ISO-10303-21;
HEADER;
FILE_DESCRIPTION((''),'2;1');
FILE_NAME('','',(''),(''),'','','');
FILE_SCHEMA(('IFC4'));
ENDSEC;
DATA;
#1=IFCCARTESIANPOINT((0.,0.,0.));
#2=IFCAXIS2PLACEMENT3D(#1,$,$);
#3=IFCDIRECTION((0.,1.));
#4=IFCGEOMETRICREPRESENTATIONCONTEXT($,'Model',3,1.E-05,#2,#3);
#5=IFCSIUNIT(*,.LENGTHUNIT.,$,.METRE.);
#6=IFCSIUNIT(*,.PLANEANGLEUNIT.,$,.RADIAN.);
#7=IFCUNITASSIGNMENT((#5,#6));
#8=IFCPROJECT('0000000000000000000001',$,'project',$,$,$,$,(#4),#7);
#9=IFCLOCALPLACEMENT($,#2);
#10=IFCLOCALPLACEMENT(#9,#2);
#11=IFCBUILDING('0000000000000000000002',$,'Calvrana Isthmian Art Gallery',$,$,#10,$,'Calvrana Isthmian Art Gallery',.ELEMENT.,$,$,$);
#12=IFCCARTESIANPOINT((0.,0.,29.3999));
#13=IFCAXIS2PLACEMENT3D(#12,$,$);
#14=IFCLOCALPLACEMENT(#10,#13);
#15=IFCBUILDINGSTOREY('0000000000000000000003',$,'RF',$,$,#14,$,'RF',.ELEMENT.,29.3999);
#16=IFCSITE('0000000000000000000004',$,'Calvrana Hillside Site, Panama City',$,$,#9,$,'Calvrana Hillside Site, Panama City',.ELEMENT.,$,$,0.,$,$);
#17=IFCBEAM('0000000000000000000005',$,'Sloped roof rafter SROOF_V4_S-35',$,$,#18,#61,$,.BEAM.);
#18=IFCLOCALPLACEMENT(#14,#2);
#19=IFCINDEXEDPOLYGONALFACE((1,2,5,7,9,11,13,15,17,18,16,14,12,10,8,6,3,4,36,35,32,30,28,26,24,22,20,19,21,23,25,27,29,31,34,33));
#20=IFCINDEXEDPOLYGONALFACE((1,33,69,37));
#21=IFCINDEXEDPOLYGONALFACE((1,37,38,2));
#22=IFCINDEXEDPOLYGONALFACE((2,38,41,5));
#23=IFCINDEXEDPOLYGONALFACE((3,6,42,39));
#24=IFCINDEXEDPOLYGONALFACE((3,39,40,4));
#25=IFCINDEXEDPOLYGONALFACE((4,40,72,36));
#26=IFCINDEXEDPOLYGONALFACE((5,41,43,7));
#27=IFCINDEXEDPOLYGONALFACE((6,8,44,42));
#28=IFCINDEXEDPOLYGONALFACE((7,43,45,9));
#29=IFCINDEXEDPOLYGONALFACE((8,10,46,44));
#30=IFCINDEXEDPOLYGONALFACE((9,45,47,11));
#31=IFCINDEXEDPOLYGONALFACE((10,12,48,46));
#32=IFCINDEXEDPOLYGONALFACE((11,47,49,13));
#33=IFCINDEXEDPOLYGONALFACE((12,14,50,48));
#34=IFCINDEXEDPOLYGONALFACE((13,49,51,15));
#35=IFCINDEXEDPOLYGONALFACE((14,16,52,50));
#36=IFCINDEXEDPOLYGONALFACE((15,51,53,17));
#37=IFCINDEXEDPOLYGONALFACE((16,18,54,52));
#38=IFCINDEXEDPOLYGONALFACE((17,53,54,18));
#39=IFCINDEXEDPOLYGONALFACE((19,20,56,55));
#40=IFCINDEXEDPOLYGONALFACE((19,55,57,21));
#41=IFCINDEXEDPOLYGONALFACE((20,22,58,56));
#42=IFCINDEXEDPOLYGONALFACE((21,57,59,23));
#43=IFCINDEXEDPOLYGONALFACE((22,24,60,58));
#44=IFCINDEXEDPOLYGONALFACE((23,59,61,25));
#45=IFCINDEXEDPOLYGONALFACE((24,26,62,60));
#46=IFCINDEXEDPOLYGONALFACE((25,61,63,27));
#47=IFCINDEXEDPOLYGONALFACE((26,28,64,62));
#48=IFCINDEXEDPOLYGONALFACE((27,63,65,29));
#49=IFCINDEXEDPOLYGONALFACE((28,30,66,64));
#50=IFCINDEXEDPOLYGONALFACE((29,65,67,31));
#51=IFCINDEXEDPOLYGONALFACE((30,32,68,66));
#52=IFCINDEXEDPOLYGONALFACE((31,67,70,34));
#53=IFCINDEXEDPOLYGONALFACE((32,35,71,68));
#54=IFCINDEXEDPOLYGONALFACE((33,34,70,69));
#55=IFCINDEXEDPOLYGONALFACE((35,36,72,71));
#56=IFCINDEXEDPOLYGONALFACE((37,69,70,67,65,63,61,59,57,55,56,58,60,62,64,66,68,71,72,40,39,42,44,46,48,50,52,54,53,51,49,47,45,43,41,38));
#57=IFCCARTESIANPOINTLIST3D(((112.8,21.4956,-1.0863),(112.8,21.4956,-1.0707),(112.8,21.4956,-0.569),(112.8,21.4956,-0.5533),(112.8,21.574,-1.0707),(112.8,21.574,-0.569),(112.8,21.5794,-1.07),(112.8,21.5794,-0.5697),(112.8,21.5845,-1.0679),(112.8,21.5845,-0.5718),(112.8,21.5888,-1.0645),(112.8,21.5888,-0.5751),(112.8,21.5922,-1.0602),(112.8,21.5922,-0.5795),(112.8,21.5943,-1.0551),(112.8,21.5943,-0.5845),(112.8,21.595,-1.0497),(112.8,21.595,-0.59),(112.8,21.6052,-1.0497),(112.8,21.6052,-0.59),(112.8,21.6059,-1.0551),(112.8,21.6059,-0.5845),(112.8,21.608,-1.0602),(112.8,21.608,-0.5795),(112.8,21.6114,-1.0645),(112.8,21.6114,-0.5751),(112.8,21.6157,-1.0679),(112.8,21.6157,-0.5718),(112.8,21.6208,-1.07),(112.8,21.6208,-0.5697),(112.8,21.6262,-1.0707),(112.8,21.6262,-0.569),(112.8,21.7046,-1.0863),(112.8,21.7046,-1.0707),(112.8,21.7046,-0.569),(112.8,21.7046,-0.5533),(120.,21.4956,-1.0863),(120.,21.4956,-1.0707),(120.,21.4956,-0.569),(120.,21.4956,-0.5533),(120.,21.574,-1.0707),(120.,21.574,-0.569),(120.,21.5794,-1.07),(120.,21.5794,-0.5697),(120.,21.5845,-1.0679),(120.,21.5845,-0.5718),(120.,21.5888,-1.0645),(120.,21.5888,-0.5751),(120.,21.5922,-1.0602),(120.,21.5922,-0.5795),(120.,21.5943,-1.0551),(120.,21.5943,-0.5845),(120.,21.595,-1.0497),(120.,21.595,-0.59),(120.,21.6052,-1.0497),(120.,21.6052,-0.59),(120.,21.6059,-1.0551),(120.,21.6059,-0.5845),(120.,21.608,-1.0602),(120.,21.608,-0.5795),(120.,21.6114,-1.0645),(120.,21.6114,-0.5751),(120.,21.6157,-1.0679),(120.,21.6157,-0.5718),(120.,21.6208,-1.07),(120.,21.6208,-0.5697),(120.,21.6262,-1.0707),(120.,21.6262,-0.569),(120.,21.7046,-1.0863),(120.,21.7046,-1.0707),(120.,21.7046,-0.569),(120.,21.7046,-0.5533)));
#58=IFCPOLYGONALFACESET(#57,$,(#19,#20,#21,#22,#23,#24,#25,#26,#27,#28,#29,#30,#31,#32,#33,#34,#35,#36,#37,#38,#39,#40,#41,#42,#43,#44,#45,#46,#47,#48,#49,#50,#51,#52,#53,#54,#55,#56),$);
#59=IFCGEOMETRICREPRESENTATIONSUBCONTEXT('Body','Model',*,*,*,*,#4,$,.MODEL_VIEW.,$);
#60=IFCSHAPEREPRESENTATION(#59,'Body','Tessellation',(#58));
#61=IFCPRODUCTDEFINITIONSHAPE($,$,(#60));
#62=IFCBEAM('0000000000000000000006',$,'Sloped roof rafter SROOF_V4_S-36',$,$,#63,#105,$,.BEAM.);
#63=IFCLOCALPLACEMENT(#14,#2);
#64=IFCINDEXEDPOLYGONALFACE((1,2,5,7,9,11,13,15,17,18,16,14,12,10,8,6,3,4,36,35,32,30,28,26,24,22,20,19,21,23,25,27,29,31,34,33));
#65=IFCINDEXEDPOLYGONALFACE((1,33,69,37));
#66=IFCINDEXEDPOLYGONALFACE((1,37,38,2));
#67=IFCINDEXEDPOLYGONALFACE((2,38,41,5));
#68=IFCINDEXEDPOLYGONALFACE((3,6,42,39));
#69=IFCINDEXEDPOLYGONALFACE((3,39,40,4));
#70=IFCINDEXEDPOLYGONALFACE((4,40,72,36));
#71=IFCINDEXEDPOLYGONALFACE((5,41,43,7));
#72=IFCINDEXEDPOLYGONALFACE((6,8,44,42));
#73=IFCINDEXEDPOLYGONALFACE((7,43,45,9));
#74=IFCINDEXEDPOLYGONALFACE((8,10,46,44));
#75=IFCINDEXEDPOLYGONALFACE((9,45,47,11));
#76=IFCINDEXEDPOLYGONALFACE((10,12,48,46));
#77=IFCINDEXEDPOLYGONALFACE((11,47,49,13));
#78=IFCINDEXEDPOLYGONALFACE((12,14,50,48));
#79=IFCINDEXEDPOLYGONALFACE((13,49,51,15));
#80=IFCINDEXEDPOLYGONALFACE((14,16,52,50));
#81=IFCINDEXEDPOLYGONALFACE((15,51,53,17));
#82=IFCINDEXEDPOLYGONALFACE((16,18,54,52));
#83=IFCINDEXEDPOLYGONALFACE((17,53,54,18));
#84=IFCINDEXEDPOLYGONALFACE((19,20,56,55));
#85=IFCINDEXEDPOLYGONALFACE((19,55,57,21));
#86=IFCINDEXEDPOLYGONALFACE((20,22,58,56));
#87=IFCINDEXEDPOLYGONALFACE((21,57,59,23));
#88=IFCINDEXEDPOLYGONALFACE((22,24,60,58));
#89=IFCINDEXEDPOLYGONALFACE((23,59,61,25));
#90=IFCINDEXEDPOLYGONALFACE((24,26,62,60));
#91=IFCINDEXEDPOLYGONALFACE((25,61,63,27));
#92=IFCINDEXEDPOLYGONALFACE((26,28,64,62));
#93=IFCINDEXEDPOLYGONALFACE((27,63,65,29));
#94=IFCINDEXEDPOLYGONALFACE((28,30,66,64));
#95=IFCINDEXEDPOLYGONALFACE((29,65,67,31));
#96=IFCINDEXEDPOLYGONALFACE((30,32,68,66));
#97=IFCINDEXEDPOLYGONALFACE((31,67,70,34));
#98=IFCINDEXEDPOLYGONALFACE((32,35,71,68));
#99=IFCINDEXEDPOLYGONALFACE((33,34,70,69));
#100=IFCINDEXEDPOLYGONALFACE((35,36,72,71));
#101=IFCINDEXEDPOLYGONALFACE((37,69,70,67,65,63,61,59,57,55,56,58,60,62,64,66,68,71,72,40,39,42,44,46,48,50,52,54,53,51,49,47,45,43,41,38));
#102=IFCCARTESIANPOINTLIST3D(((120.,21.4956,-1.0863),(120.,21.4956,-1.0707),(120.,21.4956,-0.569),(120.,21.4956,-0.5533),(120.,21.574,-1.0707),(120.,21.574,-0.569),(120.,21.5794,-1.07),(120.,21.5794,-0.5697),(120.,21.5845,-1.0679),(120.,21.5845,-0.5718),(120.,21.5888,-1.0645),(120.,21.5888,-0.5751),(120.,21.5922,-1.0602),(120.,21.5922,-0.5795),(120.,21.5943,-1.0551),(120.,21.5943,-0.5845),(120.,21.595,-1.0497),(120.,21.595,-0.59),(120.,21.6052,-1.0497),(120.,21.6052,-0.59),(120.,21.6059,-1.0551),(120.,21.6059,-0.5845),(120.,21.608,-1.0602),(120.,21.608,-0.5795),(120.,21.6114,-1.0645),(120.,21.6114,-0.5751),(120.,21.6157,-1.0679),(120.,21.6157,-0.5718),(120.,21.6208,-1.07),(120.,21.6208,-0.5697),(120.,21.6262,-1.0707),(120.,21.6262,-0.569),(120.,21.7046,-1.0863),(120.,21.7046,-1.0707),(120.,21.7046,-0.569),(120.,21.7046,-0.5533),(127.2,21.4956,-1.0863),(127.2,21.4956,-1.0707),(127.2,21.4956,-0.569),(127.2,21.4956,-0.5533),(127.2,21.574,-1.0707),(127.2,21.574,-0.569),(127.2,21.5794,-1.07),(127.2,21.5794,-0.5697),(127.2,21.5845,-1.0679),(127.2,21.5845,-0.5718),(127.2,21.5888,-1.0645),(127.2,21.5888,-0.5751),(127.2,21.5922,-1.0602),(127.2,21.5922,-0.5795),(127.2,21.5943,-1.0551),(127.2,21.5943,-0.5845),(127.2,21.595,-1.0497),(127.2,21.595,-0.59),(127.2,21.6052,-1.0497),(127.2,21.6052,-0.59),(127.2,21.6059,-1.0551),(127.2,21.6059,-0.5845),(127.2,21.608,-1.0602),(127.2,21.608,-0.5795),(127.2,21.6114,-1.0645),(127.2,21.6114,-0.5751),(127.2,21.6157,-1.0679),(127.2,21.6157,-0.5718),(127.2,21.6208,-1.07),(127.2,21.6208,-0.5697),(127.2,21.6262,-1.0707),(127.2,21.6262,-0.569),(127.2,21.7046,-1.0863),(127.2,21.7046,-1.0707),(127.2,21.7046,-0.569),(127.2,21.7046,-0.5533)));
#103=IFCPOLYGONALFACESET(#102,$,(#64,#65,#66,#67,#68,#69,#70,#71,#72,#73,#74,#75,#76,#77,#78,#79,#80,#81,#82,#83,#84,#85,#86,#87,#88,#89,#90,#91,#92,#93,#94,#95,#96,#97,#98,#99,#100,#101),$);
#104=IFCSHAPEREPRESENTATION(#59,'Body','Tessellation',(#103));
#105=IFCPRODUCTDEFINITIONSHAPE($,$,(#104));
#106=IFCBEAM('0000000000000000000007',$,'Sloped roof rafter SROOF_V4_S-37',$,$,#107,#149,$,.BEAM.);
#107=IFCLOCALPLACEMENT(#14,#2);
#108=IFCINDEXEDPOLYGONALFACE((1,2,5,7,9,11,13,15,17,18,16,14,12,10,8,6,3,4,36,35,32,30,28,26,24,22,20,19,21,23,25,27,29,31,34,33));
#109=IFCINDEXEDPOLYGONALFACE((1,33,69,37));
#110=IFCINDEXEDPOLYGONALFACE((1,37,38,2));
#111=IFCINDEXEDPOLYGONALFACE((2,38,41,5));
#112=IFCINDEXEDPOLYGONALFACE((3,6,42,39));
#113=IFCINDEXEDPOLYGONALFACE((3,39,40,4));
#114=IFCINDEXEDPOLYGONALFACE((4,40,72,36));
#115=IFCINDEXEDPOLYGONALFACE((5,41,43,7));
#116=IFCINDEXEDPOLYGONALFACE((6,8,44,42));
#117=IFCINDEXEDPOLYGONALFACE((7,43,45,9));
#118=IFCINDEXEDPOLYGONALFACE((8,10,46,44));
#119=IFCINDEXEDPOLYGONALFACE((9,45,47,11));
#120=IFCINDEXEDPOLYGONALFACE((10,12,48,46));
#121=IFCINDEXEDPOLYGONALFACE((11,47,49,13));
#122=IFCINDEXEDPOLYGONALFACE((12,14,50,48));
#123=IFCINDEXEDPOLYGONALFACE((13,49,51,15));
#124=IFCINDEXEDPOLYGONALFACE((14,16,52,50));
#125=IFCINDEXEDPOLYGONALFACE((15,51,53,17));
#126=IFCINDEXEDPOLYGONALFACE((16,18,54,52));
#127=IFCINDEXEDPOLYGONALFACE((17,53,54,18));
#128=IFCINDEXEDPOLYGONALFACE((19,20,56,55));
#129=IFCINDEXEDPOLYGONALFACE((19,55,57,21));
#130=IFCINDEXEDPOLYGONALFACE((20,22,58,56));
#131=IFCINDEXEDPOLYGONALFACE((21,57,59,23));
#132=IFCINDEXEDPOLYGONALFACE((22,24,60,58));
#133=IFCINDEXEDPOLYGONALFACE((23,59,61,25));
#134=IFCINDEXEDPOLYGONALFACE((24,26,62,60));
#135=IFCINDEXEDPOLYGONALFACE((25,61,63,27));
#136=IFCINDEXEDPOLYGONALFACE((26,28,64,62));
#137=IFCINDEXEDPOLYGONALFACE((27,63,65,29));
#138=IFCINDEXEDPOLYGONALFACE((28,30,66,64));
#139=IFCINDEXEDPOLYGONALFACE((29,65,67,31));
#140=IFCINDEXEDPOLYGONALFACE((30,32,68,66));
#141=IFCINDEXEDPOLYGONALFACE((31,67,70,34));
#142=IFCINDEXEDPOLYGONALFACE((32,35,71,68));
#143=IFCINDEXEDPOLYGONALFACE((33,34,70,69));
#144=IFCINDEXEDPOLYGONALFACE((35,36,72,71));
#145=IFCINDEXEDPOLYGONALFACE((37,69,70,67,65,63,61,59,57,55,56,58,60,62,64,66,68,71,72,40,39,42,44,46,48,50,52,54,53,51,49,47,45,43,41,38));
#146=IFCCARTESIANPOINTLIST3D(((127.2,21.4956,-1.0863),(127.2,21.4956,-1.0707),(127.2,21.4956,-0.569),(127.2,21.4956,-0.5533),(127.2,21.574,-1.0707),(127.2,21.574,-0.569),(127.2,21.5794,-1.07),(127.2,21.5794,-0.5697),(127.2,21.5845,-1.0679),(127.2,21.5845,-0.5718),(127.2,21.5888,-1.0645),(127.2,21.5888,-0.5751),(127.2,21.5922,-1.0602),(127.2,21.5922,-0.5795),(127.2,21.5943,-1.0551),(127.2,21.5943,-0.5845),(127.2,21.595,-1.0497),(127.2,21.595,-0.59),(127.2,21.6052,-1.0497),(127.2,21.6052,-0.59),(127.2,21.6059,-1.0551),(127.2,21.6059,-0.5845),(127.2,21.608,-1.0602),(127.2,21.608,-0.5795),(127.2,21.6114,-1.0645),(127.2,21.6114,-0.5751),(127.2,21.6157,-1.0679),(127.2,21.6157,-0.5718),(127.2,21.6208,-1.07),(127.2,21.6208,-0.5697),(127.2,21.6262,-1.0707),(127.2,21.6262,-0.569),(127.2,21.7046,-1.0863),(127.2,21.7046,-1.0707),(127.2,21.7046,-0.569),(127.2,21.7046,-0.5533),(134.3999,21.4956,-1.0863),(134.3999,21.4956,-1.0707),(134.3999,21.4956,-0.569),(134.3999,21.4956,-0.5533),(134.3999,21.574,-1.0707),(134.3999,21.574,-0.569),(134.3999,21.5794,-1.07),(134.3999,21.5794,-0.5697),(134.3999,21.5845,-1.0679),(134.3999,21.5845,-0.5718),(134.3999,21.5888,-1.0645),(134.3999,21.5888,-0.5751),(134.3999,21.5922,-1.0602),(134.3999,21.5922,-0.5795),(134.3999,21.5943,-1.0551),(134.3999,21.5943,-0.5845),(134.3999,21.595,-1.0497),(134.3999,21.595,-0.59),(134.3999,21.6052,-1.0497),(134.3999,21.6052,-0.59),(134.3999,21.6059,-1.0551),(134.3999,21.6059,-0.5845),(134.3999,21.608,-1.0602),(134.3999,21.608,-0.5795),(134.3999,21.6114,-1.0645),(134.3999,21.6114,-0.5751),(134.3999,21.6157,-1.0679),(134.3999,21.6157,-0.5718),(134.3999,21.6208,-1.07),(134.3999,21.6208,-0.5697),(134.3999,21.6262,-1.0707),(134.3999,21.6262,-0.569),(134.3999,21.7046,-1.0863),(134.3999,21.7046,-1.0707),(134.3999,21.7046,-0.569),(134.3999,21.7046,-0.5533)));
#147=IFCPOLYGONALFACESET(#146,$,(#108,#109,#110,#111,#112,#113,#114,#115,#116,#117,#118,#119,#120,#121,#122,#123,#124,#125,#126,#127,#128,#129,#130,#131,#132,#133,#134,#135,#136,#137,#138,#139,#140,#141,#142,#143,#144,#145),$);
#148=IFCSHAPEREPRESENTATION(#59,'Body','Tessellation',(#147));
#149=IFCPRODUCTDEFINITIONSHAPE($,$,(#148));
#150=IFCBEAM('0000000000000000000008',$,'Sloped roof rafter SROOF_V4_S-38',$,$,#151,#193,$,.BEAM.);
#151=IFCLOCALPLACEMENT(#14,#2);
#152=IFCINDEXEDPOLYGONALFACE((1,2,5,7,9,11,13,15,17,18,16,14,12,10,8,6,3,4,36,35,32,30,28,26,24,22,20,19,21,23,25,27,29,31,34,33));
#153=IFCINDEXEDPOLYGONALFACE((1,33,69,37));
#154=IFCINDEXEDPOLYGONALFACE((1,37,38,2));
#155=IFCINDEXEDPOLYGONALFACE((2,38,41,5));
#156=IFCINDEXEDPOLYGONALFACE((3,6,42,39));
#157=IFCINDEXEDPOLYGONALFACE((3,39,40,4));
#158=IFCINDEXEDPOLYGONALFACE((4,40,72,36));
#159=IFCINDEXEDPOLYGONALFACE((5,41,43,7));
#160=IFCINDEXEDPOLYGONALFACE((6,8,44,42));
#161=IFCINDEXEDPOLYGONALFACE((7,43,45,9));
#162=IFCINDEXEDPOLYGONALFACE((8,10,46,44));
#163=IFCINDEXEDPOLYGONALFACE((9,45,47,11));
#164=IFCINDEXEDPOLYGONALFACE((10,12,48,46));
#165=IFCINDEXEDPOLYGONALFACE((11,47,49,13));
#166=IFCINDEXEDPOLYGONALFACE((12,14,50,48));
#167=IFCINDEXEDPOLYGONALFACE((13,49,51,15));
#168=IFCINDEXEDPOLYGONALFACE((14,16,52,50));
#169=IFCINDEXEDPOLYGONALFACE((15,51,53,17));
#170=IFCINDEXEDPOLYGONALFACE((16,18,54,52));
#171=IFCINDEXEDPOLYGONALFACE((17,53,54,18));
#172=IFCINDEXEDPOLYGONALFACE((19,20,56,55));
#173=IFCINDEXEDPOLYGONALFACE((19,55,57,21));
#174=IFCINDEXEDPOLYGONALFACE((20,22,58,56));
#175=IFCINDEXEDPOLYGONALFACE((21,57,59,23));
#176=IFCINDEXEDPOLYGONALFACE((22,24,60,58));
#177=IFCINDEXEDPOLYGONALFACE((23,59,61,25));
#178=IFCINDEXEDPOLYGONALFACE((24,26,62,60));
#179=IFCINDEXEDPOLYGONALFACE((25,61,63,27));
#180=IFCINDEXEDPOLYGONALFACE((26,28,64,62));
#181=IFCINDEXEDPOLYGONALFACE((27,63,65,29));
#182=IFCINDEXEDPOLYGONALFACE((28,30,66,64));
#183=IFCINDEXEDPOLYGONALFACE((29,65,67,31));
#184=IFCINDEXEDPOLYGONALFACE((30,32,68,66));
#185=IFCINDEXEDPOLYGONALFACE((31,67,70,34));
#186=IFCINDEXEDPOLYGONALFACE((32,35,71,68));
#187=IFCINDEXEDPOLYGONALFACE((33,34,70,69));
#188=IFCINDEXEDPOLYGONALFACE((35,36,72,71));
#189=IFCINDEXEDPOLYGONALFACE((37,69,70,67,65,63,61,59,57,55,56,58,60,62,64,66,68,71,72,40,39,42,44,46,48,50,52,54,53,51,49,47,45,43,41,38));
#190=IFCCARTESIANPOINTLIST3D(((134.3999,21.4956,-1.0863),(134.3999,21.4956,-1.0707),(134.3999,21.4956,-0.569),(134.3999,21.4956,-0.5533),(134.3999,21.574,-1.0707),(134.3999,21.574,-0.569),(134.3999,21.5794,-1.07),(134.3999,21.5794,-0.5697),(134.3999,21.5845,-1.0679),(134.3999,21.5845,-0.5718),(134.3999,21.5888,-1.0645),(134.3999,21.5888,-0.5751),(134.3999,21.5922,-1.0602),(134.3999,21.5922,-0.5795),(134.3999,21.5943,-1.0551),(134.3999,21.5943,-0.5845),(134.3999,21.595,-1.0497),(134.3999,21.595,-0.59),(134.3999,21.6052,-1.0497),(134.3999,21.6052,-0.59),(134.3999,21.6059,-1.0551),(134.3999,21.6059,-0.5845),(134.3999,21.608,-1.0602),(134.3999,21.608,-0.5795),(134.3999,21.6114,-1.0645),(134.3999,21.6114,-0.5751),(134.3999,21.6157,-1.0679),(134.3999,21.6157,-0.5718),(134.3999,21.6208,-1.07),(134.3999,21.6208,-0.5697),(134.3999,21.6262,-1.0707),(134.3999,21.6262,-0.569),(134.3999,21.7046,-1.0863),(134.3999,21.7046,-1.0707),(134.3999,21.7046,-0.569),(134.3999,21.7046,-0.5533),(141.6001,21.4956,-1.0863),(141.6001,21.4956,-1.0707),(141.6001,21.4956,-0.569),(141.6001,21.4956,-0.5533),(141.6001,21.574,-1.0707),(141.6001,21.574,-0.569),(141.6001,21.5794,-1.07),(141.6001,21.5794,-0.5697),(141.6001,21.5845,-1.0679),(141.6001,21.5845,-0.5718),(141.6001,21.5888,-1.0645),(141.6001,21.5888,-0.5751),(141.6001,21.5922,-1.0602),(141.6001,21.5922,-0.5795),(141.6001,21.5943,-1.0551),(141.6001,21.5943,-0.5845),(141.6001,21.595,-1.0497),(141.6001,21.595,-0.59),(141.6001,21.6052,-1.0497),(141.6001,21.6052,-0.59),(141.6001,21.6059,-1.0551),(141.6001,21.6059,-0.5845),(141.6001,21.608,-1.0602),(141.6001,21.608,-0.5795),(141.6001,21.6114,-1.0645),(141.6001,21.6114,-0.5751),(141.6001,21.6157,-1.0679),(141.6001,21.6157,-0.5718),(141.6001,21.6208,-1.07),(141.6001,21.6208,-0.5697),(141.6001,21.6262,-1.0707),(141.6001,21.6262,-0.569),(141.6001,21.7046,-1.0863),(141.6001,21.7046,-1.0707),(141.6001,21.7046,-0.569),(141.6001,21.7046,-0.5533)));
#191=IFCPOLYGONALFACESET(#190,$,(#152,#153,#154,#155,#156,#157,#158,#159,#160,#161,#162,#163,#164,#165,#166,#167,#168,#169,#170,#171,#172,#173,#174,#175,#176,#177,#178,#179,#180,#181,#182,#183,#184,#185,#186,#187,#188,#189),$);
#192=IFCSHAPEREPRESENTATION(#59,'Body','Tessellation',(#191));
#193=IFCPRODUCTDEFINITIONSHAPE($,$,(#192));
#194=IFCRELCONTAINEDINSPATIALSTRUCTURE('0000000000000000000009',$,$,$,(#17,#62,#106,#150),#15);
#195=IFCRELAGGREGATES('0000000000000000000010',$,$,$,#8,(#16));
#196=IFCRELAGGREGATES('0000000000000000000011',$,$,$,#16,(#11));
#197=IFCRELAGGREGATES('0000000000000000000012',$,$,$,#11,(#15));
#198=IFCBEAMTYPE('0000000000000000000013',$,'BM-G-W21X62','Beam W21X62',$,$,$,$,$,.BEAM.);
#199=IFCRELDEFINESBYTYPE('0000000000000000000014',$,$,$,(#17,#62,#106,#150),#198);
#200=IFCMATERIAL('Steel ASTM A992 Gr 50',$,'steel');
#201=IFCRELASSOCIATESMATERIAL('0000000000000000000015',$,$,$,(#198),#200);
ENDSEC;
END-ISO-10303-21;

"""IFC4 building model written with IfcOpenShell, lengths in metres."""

from ifc_helpers import new_model, si_unit, direction, frame, origin, origin_2d, place, context, subcontext, project, spatial, i_section, extrude, material, material_profile, profile_set, type_object, element, save


model = new_model("IFC4")

# Units and contexts
model_context = context("Model", 3, precision=1e-05, world=origin(), true_north=direction((0.0, 1.0)))
body_context = subcontext(model_context, "Body", "Model", "MODEL_VIEW")
ifc_project = project(units=[si_unit("LENGTHUNIT", "METRE"), si_unit("PLANEANGLEUNIT", "RADIAN")], contexts=[model_context])

# Site, building, storey
site_placement = place(None, origin())
site = spatial("IfcSite", under=ifc_project, at=site_placement, Name="Calvrana Hillside Site, Panama City", LongName="Calvrana Hillside Site, Panama City", CompositionType="ELEMENT", RefElevation=0.0)
building_placement = place(site_placement, origin())
building = spatial("IfcBuilding", under=site, at=building_placement, Name="Calvrana Isthmian Art Gallery", LongName="Calvrana Isthmian Art Gallery", CompositionType="ELEMENT")
storey_placement = place(building_placement, frame((0.0, 0.0, 29.3999)))
storey = spatial("IfcBuildingStorey", under=building, at=storey_placement, Name="RF", LongName="RF", CompositionType="ELEMENT", Elevation=29.3999)

# Beams
ifc_material_1 = material(Name="Steel ASTM A992 Gr 50", Category="steel")
ifc_material_profile_1 = material_profile(ifc_material_1, i_section(OverallWidth=0.209, OverallDepth=0.533, WebThickness=0.0103, FlangeThickness=0.0156, FilletRadius=0.021, at=origin_2d()), Name="W21X62")
ifc_profile_set_1 = profile_set([ifc_material_profile_1], Name="Steel ASTM A992 Gr 50")
beam_type_1 = type_object("IfcBeamType", Name="BM-G-W21X62", Description="Beam W21X62", PredefinedType="BEAM", material=ifc_profile_set_1)
for number, where, z_axis, x_axis, name in (
    (1, (112.8, 21.6001, -0.8198), (1.0, 0.0, 0.0), (0.0, 1.0, 0.0), "Sloped roof rafter SROOF_V4_S-35"),
    (2, (120.0, 21.6001, -0.8198), (1.0, 0.0, 0.0), (0.0, 1.0, 0.0), "Sloped roof rafter SROOF_V4_S-36"),
    (3, (127.2, 21.6001, -0.8198), (1.0, 0.0, 0.0), (0.0, 1.0, 0.0), "Sloped roof rafter SROOF_V4_S-37"),
):
    element("IfcBeam", number, at=place(storey_placement, frame(where, z_axis=z_axis, x_axis=x_axis)), inside=storey, type_object=beam_type_1, Name=name, PredefinedType="BEAM", context=body_context, shape_type="SweptSolid", body=[
        extrude(i_section(OverallWidth=0.209, OverallDepth=0.533, WebThickness=0.0103, FlangeThickness=0.0156, FilletRadius=0.021, at=origin_2d()), origin(), (0.0, 0.0, 1.0), 7.2),
    ])
beam_1_placement = place(storey_placement, frame((134.3999, 21.6001, -0.8198), z_axis=(1.0, 0.0, 0.0), x_axis=(0.0, 1.0, 0.0)))
element("IfcBeam", 4, at=beam_1_placement, inside=storey, type_object=beam_type_1, Name="Sloped roof rafter SROOF_V4_S-38", PredefinedType="BEAM", context=body_context, shape_type="SweptSolid", body=[
    extrude(i_section(OverallWidth=0.209, OverallDepth=0.533, WebThickness=0.0103, FlangeThickness=0.0156, FilletRadius=0.021, at=origin_2d()), origin(), (0.0, 0.0, 1.0), 7.2002),
])

save(model, "model.ifc")
